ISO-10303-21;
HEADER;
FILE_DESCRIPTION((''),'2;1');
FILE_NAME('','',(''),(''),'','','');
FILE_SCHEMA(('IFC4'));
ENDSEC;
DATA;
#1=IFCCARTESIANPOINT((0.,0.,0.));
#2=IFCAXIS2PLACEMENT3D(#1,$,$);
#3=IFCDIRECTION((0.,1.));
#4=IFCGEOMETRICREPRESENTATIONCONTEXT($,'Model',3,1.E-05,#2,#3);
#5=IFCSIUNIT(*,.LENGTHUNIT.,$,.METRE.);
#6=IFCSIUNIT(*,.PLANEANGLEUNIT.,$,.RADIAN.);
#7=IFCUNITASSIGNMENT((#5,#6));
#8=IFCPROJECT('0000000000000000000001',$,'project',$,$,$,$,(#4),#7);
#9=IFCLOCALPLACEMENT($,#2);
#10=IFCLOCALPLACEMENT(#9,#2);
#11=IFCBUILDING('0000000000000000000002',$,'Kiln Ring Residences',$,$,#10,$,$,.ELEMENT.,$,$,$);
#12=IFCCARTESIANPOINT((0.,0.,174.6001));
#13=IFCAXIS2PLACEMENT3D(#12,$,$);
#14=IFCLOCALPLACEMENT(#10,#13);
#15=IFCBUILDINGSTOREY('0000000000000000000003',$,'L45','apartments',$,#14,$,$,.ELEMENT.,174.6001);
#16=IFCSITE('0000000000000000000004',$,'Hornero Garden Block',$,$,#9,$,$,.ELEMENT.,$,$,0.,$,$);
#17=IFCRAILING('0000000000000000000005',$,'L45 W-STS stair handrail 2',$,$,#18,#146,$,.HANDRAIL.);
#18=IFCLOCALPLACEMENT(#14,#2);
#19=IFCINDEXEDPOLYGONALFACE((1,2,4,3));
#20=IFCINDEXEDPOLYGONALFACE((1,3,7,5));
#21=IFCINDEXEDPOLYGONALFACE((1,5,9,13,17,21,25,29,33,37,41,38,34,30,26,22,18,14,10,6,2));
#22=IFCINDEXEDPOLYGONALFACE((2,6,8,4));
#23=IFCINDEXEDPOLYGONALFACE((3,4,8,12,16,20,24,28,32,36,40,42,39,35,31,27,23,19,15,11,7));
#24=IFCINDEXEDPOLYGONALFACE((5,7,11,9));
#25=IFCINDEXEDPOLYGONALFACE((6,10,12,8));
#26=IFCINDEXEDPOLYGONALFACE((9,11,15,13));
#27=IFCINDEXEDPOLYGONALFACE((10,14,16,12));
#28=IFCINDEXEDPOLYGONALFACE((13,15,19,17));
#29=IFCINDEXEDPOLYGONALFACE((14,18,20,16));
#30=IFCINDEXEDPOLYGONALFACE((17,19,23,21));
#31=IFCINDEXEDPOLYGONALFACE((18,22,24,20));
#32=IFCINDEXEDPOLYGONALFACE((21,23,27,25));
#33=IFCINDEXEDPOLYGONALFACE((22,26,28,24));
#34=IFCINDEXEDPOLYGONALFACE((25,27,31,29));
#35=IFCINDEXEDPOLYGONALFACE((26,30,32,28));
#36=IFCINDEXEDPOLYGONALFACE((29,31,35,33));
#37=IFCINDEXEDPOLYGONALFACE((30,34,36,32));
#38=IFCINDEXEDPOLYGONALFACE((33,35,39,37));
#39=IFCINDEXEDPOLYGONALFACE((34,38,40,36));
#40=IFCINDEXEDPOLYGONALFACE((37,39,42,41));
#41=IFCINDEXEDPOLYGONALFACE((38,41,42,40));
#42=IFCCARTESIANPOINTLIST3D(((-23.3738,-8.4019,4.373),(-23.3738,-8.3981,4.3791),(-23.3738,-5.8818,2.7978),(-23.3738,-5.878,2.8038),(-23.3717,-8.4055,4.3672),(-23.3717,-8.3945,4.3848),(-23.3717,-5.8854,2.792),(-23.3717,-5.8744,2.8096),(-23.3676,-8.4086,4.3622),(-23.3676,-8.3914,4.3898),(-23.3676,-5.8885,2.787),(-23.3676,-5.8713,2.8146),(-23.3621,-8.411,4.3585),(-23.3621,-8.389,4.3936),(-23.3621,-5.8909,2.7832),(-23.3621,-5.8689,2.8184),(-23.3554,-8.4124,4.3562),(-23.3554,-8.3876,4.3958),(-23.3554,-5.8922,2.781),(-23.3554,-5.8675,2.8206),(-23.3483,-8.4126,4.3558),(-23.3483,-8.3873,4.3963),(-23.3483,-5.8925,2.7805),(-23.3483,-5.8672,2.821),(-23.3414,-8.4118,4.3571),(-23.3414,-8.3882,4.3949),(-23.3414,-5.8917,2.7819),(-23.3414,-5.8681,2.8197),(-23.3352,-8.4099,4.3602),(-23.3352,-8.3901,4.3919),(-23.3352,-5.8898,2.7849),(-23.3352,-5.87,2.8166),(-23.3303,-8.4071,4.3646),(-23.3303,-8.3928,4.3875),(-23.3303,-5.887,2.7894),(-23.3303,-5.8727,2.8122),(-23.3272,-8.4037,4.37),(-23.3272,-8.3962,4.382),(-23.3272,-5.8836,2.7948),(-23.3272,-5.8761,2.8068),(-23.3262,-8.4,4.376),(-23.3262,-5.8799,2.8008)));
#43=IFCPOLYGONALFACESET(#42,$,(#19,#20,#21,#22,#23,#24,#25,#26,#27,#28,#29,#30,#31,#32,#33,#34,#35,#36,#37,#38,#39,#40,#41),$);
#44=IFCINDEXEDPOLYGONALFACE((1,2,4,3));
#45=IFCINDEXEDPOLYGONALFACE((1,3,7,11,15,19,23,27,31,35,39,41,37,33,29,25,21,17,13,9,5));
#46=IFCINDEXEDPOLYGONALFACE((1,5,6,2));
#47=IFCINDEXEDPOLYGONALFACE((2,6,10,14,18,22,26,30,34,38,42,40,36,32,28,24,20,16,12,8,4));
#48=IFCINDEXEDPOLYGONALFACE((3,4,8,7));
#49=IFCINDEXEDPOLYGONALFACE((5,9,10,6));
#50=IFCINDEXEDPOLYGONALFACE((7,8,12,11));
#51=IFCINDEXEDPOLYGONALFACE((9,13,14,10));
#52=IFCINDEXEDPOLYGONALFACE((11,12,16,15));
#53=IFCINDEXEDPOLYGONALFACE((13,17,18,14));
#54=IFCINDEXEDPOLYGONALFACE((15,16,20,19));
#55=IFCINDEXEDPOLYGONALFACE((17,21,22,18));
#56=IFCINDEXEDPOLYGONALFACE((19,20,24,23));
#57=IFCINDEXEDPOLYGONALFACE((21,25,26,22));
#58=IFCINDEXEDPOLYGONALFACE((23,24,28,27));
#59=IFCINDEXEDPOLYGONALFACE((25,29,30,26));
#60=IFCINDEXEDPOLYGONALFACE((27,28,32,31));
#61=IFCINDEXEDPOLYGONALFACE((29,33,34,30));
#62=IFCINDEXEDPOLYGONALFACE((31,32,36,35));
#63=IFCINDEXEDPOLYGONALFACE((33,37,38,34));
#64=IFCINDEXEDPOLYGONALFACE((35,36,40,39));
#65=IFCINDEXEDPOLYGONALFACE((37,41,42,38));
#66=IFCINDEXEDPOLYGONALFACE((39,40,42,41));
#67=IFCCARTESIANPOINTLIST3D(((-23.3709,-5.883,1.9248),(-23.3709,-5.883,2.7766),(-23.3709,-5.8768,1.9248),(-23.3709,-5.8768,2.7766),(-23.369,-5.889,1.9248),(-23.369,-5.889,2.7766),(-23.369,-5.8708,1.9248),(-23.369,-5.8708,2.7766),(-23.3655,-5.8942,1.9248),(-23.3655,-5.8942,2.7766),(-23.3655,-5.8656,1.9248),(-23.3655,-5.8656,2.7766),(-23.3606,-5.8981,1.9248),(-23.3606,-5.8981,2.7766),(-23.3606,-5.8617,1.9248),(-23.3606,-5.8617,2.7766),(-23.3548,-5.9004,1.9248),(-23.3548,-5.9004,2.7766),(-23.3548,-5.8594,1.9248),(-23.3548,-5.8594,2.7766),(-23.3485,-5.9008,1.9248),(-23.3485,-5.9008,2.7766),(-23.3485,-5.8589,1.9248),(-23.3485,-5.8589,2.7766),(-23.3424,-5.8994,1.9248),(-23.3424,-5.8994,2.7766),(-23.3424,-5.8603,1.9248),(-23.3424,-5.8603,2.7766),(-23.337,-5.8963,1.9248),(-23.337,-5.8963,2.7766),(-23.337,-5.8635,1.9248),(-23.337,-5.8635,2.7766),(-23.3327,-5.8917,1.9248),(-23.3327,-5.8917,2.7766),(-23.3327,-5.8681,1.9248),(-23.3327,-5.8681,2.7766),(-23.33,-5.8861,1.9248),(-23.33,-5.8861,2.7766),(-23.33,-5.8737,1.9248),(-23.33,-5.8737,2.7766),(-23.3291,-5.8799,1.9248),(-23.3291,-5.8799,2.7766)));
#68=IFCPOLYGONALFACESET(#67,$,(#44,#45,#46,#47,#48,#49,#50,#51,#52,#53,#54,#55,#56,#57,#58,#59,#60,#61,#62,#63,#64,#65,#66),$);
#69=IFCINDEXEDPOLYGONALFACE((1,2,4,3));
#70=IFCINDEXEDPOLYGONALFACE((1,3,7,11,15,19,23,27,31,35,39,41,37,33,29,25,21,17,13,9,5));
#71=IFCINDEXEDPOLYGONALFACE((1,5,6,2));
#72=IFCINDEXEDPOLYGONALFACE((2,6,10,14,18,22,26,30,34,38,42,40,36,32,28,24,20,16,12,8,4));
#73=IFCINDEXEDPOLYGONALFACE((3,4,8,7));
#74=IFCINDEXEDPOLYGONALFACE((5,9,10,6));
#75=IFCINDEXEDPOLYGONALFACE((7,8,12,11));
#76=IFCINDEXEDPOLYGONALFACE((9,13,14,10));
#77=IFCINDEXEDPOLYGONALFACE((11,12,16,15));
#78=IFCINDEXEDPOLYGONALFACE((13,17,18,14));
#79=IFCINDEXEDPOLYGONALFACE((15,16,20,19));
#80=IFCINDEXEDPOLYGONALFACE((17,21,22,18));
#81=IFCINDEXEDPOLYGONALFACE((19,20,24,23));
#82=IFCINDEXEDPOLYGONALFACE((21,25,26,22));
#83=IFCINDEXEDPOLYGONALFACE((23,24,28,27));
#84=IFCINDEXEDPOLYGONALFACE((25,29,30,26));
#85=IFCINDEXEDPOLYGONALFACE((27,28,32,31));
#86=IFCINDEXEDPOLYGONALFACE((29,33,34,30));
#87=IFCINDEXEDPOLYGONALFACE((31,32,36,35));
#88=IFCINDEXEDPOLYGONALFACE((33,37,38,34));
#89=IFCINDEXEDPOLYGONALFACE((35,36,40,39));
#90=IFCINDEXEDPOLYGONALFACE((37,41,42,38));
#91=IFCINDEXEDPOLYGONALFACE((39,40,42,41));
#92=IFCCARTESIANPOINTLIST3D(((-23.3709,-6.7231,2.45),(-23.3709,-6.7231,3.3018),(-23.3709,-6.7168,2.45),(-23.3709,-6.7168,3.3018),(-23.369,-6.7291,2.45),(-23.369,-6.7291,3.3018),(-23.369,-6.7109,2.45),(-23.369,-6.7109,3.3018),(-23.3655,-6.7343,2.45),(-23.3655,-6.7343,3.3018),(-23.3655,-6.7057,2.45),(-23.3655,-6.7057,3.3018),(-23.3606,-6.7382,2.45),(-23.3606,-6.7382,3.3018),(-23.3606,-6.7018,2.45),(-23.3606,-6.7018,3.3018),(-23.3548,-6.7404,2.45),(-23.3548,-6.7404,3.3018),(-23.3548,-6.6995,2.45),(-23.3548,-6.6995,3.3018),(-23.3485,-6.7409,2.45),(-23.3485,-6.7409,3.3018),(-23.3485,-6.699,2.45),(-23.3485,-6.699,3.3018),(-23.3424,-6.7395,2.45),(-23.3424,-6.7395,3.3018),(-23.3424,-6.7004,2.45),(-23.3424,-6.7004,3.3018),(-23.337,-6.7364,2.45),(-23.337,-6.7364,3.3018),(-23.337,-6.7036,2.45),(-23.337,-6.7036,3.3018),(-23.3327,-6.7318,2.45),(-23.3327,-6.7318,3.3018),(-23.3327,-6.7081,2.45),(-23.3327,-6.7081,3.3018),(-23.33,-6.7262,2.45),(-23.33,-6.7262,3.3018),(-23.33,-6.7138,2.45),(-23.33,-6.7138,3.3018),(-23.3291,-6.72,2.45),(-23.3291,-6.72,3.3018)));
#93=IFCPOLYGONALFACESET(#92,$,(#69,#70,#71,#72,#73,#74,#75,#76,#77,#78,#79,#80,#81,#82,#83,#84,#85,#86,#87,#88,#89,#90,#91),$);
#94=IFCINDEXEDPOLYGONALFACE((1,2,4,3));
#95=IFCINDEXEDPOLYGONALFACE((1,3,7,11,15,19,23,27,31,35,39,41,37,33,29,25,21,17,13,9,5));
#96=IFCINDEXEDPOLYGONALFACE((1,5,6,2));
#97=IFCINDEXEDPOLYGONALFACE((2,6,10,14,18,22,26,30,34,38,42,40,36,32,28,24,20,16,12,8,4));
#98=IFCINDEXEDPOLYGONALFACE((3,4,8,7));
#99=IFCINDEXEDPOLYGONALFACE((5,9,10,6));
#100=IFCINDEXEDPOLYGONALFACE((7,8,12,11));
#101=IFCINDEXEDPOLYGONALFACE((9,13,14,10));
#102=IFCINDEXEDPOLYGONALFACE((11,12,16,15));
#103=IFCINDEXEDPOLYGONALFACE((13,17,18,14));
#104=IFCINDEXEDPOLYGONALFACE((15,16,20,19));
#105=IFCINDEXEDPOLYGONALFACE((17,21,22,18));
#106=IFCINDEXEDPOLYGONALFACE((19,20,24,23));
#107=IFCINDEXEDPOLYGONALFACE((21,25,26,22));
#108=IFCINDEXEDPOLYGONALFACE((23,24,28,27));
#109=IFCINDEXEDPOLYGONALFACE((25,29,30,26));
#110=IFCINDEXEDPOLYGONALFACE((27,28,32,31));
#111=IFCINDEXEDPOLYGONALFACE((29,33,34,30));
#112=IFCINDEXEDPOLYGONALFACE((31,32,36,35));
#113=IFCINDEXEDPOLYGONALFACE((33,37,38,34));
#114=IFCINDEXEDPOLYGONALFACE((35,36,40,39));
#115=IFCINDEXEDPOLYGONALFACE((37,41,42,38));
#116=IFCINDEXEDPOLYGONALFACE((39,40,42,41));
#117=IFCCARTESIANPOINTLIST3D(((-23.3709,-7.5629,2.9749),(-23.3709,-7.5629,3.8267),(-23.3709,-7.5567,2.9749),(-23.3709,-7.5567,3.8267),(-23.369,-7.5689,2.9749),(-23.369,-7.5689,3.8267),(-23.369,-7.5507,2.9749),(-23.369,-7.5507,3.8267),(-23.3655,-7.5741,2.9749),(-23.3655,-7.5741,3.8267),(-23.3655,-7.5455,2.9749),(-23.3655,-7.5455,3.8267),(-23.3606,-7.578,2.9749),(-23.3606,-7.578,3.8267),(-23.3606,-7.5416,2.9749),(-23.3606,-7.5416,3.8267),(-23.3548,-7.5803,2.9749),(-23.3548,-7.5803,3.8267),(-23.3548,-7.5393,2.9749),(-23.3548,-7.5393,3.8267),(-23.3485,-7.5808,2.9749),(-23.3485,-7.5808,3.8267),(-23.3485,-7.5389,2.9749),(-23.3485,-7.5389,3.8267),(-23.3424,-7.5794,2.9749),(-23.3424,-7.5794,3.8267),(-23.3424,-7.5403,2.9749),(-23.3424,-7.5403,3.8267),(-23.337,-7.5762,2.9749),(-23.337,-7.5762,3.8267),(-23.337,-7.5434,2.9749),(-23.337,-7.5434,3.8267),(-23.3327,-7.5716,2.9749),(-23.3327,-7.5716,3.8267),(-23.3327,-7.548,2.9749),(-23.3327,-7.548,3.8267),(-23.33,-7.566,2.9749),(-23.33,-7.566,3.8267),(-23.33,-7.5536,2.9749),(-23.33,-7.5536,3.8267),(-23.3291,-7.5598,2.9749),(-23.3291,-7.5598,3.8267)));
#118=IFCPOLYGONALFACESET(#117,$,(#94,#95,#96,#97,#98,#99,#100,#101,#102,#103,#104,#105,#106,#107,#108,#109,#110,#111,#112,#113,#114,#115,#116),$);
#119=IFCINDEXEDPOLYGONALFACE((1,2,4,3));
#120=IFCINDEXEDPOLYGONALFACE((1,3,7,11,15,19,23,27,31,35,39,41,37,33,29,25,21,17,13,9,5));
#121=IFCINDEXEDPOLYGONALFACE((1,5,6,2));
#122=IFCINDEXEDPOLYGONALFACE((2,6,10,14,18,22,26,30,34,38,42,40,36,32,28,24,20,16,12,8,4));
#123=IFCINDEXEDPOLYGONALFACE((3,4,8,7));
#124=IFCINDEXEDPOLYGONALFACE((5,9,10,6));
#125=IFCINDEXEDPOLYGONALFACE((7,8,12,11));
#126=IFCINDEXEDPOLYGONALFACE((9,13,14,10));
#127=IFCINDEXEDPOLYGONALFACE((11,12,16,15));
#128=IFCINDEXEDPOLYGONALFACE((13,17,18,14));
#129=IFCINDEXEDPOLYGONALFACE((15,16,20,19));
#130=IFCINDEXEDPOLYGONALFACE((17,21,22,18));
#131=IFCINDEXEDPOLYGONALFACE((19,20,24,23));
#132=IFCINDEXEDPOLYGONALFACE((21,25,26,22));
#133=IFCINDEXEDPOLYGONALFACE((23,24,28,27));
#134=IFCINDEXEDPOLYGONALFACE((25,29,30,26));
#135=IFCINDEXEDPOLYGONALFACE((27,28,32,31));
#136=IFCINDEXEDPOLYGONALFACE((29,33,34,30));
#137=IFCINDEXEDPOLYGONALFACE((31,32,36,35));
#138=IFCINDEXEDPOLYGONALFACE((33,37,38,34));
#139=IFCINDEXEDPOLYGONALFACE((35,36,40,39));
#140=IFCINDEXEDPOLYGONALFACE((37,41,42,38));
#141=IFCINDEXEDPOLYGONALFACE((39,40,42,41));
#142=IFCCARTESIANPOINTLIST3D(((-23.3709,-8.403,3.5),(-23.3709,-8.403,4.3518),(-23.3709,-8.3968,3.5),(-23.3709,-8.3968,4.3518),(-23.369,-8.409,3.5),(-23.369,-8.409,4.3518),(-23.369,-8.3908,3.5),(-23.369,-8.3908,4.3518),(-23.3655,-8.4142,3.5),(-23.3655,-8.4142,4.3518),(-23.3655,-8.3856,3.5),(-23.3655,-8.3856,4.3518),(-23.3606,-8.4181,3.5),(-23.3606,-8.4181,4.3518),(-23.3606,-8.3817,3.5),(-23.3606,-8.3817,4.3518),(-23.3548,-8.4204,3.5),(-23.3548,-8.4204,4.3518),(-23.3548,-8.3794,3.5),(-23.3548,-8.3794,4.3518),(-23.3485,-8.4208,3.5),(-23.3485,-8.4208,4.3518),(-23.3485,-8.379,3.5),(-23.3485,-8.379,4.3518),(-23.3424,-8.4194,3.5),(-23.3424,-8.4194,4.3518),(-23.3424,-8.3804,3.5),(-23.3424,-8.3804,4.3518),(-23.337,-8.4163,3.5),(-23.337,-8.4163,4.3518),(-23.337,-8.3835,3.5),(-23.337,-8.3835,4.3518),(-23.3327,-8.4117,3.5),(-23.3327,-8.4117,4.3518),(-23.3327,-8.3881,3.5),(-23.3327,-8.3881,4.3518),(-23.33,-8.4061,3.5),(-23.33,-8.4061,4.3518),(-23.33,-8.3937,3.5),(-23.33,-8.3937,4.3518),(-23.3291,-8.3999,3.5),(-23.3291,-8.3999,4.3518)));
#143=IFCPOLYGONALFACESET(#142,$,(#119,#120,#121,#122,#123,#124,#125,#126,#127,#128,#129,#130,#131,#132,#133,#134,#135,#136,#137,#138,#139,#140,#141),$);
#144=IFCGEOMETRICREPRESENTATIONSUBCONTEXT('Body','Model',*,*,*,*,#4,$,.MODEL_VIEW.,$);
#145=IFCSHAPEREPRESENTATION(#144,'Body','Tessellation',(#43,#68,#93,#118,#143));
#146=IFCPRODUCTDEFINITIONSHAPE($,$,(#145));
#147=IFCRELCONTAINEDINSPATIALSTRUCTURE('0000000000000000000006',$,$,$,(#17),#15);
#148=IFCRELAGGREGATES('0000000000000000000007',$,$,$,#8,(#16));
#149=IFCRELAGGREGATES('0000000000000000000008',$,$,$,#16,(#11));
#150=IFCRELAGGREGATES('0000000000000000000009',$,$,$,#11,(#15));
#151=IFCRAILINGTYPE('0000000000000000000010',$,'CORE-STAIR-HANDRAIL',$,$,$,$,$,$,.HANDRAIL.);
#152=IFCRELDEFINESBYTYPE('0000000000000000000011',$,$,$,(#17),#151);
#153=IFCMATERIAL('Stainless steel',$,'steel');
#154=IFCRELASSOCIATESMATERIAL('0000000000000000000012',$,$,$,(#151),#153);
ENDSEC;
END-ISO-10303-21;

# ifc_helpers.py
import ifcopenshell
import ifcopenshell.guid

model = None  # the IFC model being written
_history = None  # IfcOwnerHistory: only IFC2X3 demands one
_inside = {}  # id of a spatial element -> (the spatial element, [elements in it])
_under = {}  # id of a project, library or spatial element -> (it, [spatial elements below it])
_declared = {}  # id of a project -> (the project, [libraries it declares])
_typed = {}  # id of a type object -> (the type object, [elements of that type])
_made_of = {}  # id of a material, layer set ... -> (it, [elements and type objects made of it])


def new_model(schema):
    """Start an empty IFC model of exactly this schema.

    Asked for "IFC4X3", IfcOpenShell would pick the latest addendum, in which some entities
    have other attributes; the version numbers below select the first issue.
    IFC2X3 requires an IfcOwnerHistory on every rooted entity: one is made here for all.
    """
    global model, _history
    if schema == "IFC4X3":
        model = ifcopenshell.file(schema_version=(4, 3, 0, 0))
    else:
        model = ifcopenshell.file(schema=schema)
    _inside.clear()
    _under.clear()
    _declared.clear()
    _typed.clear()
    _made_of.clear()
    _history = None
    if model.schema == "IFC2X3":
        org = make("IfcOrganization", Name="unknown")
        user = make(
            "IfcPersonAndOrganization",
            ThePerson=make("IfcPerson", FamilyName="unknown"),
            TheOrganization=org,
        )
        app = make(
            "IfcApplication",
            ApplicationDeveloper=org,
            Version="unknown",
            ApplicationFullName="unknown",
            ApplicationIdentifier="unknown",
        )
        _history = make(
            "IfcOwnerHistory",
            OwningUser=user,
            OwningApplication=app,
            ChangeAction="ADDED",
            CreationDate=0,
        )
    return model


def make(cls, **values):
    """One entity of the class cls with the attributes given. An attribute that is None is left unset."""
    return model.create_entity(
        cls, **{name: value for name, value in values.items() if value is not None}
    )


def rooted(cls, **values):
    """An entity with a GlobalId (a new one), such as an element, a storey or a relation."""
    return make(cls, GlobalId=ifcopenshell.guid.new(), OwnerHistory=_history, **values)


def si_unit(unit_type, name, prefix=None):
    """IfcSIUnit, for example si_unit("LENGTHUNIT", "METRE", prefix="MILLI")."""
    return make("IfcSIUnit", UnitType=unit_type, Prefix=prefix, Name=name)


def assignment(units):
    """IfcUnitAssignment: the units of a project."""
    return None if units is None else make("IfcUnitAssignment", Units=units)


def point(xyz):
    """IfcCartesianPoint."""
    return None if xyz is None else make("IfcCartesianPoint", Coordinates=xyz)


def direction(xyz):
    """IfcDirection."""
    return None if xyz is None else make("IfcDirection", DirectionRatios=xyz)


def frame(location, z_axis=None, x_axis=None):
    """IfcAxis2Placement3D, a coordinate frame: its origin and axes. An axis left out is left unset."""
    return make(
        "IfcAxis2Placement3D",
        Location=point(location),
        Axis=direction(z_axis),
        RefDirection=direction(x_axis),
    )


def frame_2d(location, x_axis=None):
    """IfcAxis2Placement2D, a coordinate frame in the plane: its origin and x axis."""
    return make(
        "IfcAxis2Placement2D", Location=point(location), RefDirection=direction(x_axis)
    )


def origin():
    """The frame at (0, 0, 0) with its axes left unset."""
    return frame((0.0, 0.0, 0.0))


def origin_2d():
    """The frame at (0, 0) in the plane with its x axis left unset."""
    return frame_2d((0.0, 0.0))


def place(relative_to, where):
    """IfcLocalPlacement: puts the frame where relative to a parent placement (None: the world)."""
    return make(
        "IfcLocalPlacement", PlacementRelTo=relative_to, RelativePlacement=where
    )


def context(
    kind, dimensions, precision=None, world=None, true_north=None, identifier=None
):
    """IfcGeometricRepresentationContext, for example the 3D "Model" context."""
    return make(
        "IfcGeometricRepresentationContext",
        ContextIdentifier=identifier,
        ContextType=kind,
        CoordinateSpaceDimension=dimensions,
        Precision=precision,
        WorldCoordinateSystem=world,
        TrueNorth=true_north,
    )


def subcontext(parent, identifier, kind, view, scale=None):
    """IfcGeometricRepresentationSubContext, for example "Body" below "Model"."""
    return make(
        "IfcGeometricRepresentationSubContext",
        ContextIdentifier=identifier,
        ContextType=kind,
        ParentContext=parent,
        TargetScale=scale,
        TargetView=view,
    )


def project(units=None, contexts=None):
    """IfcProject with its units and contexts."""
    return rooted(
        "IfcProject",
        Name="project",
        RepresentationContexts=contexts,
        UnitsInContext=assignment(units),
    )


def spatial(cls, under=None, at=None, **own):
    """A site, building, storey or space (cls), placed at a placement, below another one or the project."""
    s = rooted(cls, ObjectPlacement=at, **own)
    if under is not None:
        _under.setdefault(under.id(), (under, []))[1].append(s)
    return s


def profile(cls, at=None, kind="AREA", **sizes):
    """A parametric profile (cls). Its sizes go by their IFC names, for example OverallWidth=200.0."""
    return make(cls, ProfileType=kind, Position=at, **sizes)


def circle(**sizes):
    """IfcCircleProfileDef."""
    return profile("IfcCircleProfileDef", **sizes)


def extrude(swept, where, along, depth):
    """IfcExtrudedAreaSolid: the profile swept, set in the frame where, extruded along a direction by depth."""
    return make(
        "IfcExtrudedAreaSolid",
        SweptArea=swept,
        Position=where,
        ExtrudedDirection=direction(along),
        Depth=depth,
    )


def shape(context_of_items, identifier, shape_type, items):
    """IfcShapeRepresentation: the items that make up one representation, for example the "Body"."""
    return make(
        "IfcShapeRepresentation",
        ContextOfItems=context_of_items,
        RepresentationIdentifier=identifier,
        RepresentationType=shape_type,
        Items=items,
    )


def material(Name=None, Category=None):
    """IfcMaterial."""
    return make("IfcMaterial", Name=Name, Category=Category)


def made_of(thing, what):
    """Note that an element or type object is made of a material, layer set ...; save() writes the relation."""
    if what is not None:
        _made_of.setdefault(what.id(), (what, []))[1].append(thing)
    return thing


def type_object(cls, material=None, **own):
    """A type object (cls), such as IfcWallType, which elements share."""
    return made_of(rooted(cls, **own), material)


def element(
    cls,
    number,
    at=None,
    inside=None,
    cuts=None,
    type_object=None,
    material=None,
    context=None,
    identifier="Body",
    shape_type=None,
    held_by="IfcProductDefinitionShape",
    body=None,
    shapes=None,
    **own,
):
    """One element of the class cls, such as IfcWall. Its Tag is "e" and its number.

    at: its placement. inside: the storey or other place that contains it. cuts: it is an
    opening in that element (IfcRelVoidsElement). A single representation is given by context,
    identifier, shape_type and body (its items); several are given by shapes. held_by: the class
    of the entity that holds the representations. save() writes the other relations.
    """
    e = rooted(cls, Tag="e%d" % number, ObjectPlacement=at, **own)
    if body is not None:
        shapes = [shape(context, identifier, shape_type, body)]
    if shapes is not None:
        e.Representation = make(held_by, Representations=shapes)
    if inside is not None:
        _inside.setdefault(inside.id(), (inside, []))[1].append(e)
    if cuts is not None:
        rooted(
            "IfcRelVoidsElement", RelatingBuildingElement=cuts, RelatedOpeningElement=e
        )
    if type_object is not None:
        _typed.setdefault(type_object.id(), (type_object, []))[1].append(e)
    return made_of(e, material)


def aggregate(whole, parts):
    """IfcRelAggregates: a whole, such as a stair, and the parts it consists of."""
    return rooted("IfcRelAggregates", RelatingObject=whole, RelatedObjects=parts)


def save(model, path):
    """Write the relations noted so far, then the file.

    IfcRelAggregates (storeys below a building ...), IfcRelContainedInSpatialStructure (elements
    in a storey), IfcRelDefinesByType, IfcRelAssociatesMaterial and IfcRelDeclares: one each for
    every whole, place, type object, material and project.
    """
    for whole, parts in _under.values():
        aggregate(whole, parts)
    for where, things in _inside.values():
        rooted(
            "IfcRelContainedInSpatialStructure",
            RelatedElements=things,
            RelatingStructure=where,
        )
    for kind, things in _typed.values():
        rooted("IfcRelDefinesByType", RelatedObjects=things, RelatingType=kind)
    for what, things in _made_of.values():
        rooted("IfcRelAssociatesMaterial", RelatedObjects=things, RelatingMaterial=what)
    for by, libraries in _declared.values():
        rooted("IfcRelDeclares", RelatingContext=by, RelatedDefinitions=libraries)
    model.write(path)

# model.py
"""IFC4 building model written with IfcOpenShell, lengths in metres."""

from ifc_helpers import new_model, si_unit, direction, frame, origin, origin_2d, place, context, subcontext, project, spatial, circle, extrude, material, type_object, element, save


model = new_model("IFC4")

# Units and contexts
model_context = context("Model", 3, precision=1e-05, world=origin(), true_north=direction((0.0, 1.0)))
body_context = subcontext(model_context, "Body", "Model", "MODEL_VIEW")
ifc_project = project(units=[si_unit("LENGTHUNIT", "METRE"), si_unit("PLANEANGLEUNIT", "RADIAN")], contexts=[model_context])

# Site, building, storey
site_placement = place(None, origin())
site = spatial("IfcSite", under=ifc_project, at=site_placement, Name="Hornero Garden Block", CompositionType="ELEMENT", RefElevation=0.0)
building_placement = place(site_placement, origin())
building = spatial("IfcBuilding", under=site, at=building_placement, Name="Kiln Ring Residences", CompositionType="ELEMENT")
storey_placement = place(building_placement, frame((0.0, 0.0, 174.6001)))
storey = spatial("IfcBuildingStorey", under=building, at=storey_placement, Name="L45", Description="apartments", CompositionType="ELEMENT", Elevation=174.6001)

# Railing
ifc_material_1 = material(Name="Stainless steel", Category="steel")
railing_type_1 = type_object("IfcRailingType", Name="CORE-STAIR-HANDRAIL", PredefinedType="HANDRAIL", material=ifc_material_1)
railing_1_placement = place(storey_placement, frame((-23.3501, -5.8799, 1.9248)))
element("IfcRailing", 1, at=railing_1_placement, inside=storey, type_object=railing_type_1, Name="L45 W-STS stair handrail 2", PredefinedType="HANDRAIL", context=body_context, shape_type="SweptSolid", body=[
    extrude(circle(Radius=0.0239, at=origin_2d()), frame((0.0, 0.0, 0.876), z_axis=(0.0, -0.847971, 0.530043), x_axis=(1.0, 0.0, 0.0)), (0.0, 0.0, 1.0), 2.9719),
    extrude(circle(Radius=0.021, at=origin_2d()), origin(), (0.0, 0.0, 1.0), 0.8518),
    extrude(circle(Radius=0.021, at=origin_2d()), frame((0.0, -0.8401, 0.5251)), (0.0, 0.0, 1.0), 0.8518),
    extrude(circle(Radius=0.021, at=origin_2d()), frame((0.0, -1.6799, 1.05)), (0.0, 0.0, 1.0), 0.8518),
    extrude(circle(Radius=0.021, at=origin_2d()), frame((0.0, -2.52, 1.5752)), (0.0, 0.0, 1.0), 0.8518),
])

save(model, "model.ifc")
